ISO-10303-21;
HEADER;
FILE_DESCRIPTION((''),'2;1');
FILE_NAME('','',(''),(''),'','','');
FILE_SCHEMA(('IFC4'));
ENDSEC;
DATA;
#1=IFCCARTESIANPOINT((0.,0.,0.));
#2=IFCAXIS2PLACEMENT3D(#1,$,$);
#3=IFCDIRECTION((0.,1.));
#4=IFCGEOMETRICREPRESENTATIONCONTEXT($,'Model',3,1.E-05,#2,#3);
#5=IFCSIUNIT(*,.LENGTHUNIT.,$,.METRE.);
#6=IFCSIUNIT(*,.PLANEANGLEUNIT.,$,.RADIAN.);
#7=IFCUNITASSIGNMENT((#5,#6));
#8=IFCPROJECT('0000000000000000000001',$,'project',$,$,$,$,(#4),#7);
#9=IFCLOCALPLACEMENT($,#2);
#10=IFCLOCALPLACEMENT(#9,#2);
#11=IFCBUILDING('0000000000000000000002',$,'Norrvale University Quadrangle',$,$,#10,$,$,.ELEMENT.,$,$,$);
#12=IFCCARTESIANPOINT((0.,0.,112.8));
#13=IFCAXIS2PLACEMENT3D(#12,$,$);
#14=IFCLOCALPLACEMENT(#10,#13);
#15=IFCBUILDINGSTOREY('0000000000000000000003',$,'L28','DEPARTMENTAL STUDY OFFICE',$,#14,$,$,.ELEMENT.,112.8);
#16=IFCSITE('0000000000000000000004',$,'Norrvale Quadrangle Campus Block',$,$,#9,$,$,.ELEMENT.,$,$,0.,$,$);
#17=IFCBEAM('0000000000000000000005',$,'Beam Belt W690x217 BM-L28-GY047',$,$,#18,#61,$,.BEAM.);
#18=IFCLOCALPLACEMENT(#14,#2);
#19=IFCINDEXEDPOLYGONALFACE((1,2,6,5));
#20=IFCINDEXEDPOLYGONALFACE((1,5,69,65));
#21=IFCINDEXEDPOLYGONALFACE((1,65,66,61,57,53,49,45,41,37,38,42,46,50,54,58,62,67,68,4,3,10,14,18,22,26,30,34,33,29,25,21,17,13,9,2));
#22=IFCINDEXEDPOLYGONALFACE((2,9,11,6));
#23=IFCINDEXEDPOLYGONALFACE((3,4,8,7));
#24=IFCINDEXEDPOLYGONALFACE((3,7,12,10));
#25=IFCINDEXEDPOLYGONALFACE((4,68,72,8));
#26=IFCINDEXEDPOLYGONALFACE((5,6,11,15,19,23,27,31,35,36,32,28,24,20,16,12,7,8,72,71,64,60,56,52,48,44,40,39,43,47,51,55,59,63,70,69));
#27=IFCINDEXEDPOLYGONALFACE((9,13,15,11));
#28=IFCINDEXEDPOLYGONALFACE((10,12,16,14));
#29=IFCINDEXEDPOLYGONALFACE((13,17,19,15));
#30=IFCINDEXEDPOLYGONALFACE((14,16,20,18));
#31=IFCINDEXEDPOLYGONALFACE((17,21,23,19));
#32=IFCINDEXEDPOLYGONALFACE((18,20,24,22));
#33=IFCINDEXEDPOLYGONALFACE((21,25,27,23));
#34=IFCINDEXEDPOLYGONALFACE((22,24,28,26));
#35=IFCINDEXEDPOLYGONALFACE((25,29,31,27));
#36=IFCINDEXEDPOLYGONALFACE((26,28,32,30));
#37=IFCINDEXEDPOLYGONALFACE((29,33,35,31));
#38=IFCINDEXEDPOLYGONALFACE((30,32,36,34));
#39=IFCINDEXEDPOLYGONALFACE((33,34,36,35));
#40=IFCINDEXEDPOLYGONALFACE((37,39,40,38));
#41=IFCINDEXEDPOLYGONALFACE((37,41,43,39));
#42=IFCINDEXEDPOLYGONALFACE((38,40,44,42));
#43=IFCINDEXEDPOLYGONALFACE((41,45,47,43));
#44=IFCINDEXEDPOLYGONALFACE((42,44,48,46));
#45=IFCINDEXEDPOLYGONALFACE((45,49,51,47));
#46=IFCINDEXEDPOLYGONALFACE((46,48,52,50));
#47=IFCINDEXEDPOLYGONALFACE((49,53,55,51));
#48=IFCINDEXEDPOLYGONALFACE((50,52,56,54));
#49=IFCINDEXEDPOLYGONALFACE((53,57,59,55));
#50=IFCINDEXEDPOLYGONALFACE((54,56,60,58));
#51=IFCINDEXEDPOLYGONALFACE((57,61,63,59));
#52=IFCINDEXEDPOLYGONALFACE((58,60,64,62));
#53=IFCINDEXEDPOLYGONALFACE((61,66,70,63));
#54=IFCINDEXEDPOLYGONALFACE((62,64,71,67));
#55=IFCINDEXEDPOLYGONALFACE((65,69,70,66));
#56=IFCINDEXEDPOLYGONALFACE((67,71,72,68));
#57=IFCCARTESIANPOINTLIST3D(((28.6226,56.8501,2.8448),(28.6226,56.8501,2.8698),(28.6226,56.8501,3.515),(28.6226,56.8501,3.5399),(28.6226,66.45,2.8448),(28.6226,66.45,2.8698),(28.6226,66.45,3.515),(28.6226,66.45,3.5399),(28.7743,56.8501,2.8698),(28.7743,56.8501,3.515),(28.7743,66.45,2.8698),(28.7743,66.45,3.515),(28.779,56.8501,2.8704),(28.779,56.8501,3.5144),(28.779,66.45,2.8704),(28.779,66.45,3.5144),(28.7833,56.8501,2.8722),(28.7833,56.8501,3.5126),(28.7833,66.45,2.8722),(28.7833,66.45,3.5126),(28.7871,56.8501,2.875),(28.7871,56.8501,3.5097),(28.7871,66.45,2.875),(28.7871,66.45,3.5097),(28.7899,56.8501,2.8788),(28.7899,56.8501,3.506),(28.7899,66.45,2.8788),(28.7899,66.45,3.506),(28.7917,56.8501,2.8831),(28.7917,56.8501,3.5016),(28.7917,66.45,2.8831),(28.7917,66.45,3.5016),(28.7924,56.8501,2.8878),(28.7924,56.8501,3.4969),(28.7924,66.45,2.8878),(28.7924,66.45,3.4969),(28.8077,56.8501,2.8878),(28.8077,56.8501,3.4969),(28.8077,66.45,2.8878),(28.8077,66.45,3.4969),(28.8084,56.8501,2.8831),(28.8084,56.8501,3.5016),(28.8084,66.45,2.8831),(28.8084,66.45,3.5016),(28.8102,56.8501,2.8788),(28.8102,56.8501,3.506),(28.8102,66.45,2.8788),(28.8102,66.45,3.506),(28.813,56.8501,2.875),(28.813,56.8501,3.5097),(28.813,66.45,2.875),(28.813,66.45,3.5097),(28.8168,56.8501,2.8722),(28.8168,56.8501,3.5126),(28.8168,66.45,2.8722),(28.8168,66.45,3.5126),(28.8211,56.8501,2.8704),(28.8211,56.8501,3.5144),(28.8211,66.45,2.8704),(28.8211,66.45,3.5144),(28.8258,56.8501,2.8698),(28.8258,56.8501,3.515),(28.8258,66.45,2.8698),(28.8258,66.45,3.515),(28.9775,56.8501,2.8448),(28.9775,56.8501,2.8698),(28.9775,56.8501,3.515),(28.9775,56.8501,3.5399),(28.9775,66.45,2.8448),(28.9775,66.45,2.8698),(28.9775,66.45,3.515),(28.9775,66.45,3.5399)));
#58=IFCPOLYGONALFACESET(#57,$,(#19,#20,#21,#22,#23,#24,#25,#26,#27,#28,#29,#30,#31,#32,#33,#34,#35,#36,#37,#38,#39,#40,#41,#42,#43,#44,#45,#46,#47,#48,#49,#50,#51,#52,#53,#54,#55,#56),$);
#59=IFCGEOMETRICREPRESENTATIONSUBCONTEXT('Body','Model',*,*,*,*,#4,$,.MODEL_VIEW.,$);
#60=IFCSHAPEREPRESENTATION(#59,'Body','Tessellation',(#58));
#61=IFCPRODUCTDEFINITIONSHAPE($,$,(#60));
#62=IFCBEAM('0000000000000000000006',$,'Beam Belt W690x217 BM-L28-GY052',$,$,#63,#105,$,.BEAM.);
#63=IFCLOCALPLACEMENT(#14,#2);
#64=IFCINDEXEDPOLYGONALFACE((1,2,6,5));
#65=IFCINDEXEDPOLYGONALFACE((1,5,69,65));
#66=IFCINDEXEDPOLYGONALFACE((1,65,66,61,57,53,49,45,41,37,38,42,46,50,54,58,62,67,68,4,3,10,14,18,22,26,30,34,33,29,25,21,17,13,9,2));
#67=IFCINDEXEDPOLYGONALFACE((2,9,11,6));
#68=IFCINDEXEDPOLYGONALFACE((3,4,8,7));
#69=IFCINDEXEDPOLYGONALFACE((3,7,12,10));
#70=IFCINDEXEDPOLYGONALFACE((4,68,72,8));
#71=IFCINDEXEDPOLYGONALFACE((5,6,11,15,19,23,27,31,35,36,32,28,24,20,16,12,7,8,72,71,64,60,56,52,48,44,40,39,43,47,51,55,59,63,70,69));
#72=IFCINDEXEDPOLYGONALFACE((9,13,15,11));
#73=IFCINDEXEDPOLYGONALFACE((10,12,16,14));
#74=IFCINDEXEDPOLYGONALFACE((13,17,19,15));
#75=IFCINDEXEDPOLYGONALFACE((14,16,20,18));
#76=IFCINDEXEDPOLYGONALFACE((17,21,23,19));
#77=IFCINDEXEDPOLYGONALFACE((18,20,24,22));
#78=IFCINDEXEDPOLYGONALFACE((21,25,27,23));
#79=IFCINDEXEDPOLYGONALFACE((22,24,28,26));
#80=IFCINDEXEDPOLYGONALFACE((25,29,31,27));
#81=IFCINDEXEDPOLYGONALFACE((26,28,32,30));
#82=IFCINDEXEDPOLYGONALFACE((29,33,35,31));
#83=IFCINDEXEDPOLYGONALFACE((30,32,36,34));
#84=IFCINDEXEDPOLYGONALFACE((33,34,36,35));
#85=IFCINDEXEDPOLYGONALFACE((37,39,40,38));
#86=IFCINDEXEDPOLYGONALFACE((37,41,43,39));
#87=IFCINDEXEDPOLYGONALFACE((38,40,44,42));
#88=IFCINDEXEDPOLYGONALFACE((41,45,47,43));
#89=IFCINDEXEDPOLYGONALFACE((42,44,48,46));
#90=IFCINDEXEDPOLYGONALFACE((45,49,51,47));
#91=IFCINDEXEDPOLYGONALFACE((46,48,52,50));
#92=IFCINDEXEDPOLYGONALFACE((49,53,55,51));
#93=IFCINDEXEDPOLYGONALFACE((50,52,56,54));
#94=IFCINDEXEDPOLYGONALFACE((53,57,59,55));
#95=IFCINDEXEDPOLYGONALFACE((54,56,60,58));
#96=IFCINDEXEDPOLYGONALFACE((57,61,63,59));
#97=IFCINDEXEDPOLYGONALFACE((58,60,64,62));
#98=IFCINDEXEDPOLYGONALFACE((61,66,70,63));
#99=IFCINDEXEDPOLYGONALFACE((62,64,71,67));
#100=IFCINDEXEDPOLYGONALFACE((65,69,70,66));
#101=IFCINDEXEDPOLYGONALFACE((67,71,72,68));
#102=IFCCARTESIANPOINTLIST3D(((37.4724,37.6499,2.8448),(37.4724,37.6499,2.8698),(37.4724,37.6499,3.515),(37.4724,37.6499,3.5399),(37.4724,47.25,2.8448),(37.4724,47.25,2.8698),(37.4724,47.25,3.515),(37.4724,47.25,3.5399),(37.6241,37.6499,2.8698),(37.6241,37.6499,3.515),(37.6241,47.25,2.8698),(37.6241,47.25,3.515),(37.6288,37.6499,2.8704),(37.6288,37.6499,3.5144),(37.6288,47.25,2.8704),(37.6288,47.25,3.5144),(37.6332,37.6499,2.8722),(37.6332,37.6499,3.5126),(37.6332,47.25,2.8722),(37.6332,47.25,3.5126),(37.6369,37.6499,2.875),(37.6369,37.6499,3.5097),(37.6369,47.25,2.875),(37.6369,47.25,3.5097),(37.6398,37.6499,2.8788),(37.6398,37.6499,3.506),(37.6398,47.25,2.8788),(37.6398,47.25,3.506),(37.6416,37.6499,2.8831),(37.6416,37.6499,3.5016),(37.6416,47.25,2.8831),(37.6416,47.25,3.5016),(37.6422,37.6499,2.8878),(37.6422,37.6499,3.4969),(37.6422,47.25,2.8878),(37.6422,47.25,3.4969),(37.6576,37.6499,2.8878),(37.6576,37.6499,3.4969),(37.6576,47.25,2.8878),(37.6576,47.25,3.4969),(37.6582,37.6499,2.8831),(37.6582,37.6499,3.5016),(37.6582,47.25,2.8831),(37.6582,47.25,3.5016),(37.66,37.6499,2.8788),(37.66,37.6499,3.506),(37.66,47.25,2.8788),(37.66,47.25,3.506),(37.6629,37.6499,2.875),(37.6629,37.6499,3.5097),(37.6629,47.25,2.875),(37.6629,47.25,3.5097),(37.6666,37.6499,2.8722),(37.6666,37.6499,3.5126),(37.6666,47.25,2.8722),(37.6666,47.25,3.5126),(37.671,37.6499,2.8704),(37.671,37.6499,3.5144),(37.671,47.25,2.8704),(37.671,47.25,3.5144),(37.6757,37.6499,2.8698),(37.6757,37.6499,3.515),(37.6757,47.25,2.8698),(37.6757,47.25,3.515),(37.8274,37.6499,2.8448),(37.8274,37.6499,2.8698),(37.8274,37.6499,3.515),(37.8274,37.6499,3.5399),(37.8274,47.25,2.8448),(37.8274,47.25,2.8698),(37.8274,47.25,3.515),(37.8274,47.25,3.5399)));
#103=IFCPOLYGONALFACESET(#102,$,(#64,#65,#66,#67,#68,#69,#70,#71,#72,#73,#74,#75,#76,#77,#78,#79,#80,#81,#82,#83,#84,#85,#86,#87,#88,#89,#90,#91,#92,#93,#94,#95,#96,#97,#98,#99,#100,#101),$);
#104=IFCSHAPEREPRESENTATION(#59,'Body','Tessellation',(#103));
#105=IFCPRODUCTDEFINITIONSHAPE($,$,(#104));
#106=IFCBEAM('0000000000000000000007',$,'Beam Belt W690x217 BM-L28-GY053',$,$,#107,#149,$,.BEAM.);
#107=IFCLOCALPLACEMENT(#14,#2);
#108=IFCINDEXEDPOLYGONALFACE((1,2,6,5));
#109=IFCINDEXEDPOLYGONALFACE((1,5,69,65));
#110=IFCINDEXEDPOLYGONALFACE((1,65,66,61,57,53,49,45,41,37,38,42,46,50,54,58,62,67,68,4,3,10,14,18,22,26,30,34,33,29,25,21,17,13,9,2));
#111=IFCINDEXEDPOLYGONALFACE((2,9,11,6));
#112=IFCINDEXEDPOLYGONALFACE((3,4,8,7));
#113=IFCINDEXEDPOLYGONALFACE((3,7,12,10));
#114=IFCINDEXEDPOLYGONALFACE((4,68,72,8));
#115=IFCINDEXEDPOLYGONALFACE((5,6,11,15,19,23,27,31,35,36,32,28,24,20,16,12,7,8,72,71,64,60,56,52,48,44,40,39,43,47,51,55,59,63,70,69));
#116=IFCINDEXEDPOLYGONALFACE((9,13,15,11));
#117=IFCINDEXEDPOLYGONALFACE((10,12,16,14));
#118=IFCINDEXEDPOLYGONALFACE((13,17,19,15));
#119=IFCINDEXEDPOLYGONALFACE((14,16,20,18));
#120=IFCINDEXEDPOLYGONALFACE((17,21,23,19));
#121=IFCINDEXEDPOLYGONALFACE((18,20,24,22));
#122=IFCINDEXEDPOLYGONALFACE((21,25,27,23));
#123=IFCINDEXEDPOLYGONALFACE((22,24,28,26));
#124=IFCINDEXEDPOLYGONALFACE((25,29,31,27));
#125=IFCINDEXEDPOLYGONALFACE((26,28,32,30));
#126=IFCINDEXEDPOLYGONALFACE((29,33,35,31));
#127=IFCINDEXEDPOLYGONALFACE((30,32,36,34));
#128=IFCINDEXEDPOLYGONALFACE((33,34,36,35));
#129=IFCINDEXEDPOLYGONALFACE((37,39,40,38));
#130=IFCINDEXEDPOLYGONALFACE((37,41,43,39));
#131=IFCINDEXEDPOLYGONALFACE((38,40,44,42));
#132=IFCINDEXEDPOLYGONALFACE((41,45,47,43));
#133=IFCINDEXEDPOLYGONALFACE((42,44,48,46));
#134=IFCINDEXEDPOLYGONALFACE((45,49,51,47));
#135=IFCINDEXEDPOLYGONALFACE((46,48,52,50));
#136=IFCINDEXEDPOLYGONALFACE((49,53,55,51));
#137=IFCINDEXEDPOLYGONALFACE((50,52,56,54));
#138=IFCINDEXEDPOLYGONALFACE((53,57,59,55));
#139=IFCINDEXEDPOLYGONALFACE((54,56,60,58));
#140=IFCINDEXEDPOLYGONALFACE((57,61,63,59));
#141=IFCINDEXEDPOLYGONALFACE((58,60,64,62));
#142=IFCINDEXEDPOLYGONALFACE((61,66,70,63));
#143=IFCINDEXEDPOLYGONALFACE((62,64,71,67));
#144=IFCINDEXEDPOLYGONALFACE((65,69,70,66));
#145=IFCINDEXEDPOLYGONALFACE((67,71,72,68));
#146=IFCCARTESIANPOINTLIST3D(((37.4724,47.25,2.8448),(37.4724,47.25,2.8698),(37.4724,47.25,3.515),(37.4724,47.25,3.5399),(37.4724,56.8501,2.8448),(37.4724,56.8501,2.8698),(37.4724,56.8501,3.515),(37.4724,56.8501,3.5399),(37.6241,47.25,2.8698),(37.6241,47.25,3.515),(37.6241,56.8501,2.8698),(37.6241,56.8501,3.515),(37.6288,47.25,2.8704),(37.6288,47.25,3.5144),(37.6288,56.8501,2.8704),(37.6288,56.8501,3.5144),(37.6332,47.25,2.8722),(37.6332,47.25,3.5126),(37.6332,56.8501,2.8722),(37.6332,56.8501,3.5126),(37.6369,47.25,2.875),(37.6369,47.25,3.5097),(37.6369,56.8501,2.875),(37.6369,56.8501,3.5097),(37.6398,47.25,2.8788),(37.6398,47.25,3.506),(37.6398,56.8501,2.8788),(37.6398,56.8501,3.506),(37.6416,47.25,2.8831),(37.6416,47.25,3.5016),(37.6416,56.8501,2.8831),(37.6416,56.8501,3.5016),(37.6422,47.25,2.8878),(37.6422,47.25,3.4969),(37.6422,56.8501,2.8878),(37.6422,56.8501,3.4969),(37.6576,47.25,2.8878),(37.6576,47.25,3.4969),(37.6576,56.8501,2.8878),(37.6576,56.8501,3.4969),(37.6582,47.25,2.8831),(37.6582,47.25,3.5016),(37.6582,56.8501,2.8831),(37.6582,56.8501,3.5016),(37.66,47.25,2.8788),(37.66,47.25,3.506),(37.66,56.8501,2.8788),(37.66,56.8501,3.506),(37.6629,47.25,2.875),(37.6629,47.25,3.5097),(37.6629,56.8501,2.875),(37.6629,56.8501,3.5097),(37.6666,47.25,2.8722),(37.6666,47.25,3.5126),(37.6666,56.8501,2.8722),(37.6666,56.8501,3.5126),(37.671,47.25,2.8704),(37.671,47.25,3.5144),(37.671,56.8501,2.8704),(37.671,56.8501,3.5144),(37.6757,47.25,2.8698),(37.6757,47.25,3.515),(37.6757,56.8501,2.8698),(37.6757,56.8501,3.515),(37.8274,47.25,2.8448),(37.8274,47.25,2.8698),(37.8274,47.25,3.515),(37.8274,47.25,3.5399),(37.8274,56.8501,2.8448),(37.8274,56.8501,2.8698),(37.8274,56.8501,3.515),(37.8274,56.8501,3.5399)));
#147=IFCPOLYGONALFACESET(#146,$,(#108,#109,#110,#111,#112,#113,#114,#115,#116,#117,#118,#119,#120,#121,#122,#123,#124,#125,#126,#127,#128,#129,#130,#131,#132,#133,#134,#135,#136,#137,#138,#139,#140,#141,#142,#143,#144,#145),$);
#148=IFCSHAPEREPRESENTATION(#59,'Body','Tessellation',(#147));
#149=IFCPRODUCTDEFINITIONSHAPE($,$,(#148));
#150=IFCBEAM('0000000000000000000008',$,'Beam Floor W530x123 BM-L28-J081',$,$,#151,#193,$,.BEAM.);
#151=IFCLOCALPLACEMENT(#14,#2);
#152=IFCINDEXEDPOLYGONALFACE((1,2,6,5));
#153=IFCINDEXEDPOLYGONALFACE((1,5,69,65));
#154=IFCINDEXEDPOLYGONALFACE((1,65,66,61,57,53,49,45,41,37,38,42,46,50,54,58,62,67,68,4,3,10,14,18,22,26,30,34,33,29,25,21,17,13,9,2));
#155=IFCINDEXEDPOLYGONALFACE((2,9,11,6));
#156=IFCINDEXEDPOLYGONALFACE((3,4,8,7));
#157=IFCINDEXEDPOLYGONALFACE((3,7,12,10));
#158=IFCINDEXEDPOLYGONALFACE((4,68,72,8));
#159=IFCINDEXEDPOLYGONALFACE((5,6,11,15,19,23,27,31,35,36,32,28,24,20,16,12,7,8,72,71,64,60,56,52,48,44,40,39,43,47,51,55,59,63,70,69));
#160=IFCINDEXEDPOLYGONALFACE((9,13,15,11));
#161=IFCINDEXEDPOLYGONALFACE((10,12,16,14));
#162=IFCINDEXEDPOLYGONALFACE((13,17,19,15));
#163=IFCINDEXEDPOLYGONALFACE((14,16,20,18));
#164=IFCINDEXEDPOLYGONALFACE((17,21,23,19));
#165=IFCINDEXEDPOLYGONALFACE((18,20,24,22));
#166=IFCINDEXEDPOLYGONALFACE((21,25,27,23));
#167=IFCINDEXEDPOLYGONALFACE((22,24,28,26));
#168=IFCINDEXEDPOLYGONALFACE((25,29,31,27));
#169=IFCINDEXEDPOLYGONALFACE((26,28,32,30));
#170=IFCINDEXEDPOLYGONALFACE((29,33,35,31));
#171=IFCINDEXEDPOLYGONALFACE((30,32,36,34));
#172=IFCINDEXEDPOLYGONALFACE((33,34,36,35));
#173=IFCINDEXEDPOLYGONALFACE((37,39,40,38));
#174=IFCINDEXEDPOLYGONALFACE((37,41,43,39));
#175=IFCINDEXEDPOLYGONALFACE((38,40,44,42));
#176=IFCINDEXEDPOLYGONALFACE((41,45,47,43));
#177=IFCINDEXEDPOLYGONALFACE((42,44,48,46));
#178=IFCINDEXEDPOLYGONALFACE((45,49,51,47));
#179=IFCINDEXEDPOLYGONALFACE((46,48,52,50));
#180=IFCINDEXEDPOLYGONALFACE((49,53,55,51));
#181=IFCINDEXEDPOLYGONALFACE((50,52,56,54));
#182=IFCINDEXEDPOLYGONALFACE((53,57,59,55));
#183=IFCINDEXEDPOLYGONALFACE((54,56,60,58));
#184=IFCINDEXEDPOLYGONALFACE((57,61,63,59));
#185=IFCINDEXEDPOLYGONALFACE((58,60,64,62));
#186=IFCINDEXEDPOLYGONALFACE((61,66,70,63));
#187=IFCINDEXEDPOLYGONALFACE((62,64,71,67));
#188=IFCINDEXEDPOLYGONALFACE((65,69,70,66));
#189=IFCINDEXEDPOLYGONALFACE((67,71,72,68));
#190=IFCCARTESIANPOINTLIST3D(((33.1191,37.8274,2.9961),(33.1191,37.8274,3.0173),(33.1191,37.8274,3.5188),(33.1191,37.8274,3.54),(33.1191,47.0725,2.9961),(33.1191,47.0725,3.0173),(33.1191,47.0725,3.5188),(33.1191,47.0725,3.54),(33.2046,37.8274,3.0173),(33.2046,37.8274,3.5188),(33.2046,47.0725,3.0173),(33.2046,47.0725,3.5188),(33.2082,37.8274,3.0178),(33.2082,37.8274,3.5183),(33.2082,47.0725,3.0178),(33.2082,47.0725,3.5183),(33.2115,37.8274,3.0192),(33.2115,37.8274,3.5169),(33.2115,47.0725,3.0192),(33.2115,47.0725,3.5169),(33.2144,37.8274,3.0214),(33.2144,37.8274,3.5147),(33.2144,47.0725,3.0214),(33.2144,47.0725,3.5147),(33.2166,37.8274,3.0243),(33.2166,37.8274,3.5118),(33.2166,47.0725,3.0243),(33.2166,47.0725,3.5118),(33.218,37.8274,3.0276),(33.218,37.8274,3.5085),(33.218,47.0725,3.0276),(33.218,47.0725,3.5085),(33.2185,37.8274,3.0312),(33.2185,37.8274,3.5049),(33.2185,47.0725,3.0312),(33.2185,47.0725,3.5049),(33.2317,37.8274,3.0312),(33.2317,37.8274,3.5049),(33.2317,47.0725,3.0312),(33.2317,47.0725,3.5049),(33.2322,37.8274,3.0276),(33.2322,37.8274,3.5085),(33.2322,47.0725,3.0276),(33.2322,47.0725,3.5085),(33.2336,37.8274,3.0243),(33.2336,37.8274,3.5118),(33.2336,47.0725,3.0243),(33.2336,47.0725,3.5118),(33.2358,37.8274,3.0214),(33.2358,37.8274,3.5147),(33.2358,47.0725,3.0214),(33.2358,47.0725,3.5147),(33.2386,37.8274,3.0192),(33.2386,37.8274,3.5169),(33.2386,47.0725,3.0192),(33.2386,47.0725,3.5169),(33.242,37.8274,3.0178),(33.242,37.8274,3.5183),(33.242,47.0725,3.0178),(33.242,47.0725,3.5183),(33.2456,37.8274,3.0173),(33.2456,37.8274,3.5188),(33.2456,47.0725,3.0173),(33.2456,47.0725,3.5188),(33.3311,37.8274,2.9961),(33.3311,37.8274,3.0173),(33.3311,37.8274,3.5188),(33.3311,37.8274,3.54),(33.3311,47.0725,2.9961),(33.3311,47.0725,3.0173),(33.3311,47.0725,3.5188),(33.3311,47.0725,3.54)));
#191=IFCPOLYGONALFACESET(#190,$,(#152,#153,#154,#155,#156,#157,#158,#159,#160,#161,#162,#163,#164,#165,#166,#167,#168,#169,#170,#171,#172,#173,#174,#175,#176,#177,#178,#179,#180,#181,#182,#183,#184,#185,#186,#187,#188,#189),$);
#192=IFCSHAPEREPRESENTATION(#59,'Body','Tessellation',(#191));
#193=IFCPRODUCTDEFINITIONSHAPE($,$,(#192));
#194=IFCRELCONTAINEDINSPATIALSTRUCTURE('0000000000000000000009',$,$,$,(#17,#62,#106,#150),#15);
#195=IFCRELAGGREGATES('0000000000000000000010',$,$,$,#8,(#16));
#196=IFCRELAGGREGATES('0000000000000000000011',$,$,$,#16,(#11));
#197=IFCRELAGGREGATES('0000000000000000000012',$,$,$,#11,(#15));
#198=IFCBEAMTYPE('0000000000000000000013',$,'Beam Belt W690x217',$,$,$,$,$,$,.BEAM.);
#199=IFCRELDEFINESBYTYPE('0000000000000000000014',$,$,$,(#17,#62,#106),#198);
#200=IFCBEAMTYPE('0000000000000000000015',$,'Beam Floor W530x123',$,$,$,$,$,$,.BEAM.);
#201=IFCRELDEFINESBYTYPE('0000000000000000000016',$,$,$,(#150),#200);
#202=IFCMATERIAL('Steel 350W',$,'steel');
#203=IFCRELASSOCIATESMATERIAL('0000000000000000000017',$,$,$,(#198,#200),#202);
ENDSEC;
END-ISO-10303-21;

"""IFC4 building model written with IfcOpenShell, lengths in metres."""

from ifc_helpers import new_model, si_unit, direction, frame, origin, origin_2d, place, context, subcontext, project, spatial, i_section, extrude, material, material_profile, profile_set, type_object, element, save


model = new_model("IFC4")

# Units and contexts
model_context = context("Model", 3, precision=1e-05, world=origin(), true_north=direction((0.0, 1.0)))
body_context = subcontext(model_context, "Body", "Model", "MODEL_VIEW")
ifc_project = project(units=[si_unit("LENGTHUNIT", "METRE"), si_unit("PLANEANGLEUNIT", "RADIAN")], contexts=[model_context])

# Site, building, storey
site_placement = place(None, origin())
site = spatial("IfcSite", under=ifc_project, at=site_placement, Name="Norrvale Quadrangle Campus Block", CompositionType="ELEMENT", RefElevation=0.0)
building_placement = place(site_placement, origin())
building = spatial("IfcBuilding", under=site, at=building_placement, Name="Norrvale University Quadrangle", CompositionType="ELEMENT")
storey_placement = place(building_placement, frame((0.0, 0.0, 112.8)))
storey = spatial("IfcBuildingStorey", under=building, at=storey_placement, Name="L28", Description="DEPARTMENTAL STUDY OFFICE", CompositionType="ELEMENT", Elevation=112.8)

# Beams
ifc_material_1 = material(Name="Steel 350W", Category="steel")
ifc_material_profile_1 = material_profile(ifc_material_1, i_section(OverallWidth=0.355, OverallDepth=0.6951, WebThickness=0.0154, FlangeThickness=0.0249, FilletRadius=0.0181, at=origin_2d()), Name="Steel 350W")
ifc_profile_set_1 = profile_set([ifc_material_profile_1], Name="Steel 350W")
beam_type_1 = type_object("IfcBeamType", Name="Beam Belt W690x217", PredefinedType="BEAM", material=ifc_profile_set_1)
beam_1_placement = place(storey_placement, frame((28.8, 56.8501, 3.1924), z_axis=(0.0, 1.0, 0.0), x_axis=(-1.0, 0.0, 0.0)))
element("IfcBeam", 1, at=beam_1_placement, inside=storey, type_object=beam_type_1, Name="Beam Belt W690x217 BM-L28-GY047", PredefinedType="BEAM", context=body_context, shape_type="SweptSolid", body=[
    extrude(i_section(OverallWidth=0.355, OverallDepth=0.6951, WebThickness=0.0154, FlangeThickness=0.0249, FilletRadius=0.0181, at=origin_2d()), origin(), (0.0, 0.0, 1.0), 9.5999),
])
for number, where, z_axis, x_axis, name in (
    (2, (37.6499, 37.6499, 3.1924), (0.0, 1.0, 0.0), (-1.0, 0.0, 0.0), "Beam Belt W690x217 BM-L28-GY052"),
    (3, (37.6499, 47.25, 3.1924), (0.0, 1.0, 0.0), (-1.0, 0.0, 0.0), "Beam Belt W690x217 BM-L28-GY053"),
):
    element("IfcBeam", number, at=place(storey_placement, frame(where, z_axis=z_axis, x_axis=x_axis)), inside=storey, type_object=beam_type_1, Name=name, PredefinedType="BEAM", context=body_context, shape_type="SweptSolid", body=[
        extrude(i_section(OverallWidth=0.355, OverallDepth=0.6951, WebThickness=0.0154, FlangeThickness=0.0249, FilletRadius=0.0181, at=origin_2d()), origin(), (0.0, 0.0, 1.0), 9.6001),
    ])
ifc_material_profile_2 = material_profile(ifc_material_1, i_section(OverallWidth=0.2119, OverallDepth=0.5439, WebThickness=0.0132, FlangeThickness=0.0212, FilletRadius=0.0139, at=origin_2d()), Name="Steel 350W")
ifc_profile_set_2 = profile_set([ifc_material_profile_2], Name="Steel 350W")
beam_type_2 = type_object("IfcBeamType", Name="Beam Floor W530x123", PredefinedType="BEAM", material=ifc_profile_set_2)
for number, where, z_axis, x_axis, name in (
    (4, (33.2251, 37.8274, 3.2681), (0.0, 1.0, 0.0), (-1.0, 0.0, 0.0), "Beam Floor W530x123 BM-L28-J081"),
):
    element("IfcBeam", number, at=place(storey_placement, frame(where, z_axis=z_axis, x_axis=x_axis)), inside=storey, type_object=beam_type_2, Name=name, PredefinedType="BEAM", context=body_context, shape_type="SweptSolid", body=[
        extrude(i_section(OverallWidth=0.2119, OverallDepth=0.5439, WebThickness=0.0132, FlangeThickness=0.0212, FilletRadius=0.0139, at=origin_2d()), origin(), (0.0, 0.0, 1.0), 9.2451),
    ])

save(model, "model.ifc")
